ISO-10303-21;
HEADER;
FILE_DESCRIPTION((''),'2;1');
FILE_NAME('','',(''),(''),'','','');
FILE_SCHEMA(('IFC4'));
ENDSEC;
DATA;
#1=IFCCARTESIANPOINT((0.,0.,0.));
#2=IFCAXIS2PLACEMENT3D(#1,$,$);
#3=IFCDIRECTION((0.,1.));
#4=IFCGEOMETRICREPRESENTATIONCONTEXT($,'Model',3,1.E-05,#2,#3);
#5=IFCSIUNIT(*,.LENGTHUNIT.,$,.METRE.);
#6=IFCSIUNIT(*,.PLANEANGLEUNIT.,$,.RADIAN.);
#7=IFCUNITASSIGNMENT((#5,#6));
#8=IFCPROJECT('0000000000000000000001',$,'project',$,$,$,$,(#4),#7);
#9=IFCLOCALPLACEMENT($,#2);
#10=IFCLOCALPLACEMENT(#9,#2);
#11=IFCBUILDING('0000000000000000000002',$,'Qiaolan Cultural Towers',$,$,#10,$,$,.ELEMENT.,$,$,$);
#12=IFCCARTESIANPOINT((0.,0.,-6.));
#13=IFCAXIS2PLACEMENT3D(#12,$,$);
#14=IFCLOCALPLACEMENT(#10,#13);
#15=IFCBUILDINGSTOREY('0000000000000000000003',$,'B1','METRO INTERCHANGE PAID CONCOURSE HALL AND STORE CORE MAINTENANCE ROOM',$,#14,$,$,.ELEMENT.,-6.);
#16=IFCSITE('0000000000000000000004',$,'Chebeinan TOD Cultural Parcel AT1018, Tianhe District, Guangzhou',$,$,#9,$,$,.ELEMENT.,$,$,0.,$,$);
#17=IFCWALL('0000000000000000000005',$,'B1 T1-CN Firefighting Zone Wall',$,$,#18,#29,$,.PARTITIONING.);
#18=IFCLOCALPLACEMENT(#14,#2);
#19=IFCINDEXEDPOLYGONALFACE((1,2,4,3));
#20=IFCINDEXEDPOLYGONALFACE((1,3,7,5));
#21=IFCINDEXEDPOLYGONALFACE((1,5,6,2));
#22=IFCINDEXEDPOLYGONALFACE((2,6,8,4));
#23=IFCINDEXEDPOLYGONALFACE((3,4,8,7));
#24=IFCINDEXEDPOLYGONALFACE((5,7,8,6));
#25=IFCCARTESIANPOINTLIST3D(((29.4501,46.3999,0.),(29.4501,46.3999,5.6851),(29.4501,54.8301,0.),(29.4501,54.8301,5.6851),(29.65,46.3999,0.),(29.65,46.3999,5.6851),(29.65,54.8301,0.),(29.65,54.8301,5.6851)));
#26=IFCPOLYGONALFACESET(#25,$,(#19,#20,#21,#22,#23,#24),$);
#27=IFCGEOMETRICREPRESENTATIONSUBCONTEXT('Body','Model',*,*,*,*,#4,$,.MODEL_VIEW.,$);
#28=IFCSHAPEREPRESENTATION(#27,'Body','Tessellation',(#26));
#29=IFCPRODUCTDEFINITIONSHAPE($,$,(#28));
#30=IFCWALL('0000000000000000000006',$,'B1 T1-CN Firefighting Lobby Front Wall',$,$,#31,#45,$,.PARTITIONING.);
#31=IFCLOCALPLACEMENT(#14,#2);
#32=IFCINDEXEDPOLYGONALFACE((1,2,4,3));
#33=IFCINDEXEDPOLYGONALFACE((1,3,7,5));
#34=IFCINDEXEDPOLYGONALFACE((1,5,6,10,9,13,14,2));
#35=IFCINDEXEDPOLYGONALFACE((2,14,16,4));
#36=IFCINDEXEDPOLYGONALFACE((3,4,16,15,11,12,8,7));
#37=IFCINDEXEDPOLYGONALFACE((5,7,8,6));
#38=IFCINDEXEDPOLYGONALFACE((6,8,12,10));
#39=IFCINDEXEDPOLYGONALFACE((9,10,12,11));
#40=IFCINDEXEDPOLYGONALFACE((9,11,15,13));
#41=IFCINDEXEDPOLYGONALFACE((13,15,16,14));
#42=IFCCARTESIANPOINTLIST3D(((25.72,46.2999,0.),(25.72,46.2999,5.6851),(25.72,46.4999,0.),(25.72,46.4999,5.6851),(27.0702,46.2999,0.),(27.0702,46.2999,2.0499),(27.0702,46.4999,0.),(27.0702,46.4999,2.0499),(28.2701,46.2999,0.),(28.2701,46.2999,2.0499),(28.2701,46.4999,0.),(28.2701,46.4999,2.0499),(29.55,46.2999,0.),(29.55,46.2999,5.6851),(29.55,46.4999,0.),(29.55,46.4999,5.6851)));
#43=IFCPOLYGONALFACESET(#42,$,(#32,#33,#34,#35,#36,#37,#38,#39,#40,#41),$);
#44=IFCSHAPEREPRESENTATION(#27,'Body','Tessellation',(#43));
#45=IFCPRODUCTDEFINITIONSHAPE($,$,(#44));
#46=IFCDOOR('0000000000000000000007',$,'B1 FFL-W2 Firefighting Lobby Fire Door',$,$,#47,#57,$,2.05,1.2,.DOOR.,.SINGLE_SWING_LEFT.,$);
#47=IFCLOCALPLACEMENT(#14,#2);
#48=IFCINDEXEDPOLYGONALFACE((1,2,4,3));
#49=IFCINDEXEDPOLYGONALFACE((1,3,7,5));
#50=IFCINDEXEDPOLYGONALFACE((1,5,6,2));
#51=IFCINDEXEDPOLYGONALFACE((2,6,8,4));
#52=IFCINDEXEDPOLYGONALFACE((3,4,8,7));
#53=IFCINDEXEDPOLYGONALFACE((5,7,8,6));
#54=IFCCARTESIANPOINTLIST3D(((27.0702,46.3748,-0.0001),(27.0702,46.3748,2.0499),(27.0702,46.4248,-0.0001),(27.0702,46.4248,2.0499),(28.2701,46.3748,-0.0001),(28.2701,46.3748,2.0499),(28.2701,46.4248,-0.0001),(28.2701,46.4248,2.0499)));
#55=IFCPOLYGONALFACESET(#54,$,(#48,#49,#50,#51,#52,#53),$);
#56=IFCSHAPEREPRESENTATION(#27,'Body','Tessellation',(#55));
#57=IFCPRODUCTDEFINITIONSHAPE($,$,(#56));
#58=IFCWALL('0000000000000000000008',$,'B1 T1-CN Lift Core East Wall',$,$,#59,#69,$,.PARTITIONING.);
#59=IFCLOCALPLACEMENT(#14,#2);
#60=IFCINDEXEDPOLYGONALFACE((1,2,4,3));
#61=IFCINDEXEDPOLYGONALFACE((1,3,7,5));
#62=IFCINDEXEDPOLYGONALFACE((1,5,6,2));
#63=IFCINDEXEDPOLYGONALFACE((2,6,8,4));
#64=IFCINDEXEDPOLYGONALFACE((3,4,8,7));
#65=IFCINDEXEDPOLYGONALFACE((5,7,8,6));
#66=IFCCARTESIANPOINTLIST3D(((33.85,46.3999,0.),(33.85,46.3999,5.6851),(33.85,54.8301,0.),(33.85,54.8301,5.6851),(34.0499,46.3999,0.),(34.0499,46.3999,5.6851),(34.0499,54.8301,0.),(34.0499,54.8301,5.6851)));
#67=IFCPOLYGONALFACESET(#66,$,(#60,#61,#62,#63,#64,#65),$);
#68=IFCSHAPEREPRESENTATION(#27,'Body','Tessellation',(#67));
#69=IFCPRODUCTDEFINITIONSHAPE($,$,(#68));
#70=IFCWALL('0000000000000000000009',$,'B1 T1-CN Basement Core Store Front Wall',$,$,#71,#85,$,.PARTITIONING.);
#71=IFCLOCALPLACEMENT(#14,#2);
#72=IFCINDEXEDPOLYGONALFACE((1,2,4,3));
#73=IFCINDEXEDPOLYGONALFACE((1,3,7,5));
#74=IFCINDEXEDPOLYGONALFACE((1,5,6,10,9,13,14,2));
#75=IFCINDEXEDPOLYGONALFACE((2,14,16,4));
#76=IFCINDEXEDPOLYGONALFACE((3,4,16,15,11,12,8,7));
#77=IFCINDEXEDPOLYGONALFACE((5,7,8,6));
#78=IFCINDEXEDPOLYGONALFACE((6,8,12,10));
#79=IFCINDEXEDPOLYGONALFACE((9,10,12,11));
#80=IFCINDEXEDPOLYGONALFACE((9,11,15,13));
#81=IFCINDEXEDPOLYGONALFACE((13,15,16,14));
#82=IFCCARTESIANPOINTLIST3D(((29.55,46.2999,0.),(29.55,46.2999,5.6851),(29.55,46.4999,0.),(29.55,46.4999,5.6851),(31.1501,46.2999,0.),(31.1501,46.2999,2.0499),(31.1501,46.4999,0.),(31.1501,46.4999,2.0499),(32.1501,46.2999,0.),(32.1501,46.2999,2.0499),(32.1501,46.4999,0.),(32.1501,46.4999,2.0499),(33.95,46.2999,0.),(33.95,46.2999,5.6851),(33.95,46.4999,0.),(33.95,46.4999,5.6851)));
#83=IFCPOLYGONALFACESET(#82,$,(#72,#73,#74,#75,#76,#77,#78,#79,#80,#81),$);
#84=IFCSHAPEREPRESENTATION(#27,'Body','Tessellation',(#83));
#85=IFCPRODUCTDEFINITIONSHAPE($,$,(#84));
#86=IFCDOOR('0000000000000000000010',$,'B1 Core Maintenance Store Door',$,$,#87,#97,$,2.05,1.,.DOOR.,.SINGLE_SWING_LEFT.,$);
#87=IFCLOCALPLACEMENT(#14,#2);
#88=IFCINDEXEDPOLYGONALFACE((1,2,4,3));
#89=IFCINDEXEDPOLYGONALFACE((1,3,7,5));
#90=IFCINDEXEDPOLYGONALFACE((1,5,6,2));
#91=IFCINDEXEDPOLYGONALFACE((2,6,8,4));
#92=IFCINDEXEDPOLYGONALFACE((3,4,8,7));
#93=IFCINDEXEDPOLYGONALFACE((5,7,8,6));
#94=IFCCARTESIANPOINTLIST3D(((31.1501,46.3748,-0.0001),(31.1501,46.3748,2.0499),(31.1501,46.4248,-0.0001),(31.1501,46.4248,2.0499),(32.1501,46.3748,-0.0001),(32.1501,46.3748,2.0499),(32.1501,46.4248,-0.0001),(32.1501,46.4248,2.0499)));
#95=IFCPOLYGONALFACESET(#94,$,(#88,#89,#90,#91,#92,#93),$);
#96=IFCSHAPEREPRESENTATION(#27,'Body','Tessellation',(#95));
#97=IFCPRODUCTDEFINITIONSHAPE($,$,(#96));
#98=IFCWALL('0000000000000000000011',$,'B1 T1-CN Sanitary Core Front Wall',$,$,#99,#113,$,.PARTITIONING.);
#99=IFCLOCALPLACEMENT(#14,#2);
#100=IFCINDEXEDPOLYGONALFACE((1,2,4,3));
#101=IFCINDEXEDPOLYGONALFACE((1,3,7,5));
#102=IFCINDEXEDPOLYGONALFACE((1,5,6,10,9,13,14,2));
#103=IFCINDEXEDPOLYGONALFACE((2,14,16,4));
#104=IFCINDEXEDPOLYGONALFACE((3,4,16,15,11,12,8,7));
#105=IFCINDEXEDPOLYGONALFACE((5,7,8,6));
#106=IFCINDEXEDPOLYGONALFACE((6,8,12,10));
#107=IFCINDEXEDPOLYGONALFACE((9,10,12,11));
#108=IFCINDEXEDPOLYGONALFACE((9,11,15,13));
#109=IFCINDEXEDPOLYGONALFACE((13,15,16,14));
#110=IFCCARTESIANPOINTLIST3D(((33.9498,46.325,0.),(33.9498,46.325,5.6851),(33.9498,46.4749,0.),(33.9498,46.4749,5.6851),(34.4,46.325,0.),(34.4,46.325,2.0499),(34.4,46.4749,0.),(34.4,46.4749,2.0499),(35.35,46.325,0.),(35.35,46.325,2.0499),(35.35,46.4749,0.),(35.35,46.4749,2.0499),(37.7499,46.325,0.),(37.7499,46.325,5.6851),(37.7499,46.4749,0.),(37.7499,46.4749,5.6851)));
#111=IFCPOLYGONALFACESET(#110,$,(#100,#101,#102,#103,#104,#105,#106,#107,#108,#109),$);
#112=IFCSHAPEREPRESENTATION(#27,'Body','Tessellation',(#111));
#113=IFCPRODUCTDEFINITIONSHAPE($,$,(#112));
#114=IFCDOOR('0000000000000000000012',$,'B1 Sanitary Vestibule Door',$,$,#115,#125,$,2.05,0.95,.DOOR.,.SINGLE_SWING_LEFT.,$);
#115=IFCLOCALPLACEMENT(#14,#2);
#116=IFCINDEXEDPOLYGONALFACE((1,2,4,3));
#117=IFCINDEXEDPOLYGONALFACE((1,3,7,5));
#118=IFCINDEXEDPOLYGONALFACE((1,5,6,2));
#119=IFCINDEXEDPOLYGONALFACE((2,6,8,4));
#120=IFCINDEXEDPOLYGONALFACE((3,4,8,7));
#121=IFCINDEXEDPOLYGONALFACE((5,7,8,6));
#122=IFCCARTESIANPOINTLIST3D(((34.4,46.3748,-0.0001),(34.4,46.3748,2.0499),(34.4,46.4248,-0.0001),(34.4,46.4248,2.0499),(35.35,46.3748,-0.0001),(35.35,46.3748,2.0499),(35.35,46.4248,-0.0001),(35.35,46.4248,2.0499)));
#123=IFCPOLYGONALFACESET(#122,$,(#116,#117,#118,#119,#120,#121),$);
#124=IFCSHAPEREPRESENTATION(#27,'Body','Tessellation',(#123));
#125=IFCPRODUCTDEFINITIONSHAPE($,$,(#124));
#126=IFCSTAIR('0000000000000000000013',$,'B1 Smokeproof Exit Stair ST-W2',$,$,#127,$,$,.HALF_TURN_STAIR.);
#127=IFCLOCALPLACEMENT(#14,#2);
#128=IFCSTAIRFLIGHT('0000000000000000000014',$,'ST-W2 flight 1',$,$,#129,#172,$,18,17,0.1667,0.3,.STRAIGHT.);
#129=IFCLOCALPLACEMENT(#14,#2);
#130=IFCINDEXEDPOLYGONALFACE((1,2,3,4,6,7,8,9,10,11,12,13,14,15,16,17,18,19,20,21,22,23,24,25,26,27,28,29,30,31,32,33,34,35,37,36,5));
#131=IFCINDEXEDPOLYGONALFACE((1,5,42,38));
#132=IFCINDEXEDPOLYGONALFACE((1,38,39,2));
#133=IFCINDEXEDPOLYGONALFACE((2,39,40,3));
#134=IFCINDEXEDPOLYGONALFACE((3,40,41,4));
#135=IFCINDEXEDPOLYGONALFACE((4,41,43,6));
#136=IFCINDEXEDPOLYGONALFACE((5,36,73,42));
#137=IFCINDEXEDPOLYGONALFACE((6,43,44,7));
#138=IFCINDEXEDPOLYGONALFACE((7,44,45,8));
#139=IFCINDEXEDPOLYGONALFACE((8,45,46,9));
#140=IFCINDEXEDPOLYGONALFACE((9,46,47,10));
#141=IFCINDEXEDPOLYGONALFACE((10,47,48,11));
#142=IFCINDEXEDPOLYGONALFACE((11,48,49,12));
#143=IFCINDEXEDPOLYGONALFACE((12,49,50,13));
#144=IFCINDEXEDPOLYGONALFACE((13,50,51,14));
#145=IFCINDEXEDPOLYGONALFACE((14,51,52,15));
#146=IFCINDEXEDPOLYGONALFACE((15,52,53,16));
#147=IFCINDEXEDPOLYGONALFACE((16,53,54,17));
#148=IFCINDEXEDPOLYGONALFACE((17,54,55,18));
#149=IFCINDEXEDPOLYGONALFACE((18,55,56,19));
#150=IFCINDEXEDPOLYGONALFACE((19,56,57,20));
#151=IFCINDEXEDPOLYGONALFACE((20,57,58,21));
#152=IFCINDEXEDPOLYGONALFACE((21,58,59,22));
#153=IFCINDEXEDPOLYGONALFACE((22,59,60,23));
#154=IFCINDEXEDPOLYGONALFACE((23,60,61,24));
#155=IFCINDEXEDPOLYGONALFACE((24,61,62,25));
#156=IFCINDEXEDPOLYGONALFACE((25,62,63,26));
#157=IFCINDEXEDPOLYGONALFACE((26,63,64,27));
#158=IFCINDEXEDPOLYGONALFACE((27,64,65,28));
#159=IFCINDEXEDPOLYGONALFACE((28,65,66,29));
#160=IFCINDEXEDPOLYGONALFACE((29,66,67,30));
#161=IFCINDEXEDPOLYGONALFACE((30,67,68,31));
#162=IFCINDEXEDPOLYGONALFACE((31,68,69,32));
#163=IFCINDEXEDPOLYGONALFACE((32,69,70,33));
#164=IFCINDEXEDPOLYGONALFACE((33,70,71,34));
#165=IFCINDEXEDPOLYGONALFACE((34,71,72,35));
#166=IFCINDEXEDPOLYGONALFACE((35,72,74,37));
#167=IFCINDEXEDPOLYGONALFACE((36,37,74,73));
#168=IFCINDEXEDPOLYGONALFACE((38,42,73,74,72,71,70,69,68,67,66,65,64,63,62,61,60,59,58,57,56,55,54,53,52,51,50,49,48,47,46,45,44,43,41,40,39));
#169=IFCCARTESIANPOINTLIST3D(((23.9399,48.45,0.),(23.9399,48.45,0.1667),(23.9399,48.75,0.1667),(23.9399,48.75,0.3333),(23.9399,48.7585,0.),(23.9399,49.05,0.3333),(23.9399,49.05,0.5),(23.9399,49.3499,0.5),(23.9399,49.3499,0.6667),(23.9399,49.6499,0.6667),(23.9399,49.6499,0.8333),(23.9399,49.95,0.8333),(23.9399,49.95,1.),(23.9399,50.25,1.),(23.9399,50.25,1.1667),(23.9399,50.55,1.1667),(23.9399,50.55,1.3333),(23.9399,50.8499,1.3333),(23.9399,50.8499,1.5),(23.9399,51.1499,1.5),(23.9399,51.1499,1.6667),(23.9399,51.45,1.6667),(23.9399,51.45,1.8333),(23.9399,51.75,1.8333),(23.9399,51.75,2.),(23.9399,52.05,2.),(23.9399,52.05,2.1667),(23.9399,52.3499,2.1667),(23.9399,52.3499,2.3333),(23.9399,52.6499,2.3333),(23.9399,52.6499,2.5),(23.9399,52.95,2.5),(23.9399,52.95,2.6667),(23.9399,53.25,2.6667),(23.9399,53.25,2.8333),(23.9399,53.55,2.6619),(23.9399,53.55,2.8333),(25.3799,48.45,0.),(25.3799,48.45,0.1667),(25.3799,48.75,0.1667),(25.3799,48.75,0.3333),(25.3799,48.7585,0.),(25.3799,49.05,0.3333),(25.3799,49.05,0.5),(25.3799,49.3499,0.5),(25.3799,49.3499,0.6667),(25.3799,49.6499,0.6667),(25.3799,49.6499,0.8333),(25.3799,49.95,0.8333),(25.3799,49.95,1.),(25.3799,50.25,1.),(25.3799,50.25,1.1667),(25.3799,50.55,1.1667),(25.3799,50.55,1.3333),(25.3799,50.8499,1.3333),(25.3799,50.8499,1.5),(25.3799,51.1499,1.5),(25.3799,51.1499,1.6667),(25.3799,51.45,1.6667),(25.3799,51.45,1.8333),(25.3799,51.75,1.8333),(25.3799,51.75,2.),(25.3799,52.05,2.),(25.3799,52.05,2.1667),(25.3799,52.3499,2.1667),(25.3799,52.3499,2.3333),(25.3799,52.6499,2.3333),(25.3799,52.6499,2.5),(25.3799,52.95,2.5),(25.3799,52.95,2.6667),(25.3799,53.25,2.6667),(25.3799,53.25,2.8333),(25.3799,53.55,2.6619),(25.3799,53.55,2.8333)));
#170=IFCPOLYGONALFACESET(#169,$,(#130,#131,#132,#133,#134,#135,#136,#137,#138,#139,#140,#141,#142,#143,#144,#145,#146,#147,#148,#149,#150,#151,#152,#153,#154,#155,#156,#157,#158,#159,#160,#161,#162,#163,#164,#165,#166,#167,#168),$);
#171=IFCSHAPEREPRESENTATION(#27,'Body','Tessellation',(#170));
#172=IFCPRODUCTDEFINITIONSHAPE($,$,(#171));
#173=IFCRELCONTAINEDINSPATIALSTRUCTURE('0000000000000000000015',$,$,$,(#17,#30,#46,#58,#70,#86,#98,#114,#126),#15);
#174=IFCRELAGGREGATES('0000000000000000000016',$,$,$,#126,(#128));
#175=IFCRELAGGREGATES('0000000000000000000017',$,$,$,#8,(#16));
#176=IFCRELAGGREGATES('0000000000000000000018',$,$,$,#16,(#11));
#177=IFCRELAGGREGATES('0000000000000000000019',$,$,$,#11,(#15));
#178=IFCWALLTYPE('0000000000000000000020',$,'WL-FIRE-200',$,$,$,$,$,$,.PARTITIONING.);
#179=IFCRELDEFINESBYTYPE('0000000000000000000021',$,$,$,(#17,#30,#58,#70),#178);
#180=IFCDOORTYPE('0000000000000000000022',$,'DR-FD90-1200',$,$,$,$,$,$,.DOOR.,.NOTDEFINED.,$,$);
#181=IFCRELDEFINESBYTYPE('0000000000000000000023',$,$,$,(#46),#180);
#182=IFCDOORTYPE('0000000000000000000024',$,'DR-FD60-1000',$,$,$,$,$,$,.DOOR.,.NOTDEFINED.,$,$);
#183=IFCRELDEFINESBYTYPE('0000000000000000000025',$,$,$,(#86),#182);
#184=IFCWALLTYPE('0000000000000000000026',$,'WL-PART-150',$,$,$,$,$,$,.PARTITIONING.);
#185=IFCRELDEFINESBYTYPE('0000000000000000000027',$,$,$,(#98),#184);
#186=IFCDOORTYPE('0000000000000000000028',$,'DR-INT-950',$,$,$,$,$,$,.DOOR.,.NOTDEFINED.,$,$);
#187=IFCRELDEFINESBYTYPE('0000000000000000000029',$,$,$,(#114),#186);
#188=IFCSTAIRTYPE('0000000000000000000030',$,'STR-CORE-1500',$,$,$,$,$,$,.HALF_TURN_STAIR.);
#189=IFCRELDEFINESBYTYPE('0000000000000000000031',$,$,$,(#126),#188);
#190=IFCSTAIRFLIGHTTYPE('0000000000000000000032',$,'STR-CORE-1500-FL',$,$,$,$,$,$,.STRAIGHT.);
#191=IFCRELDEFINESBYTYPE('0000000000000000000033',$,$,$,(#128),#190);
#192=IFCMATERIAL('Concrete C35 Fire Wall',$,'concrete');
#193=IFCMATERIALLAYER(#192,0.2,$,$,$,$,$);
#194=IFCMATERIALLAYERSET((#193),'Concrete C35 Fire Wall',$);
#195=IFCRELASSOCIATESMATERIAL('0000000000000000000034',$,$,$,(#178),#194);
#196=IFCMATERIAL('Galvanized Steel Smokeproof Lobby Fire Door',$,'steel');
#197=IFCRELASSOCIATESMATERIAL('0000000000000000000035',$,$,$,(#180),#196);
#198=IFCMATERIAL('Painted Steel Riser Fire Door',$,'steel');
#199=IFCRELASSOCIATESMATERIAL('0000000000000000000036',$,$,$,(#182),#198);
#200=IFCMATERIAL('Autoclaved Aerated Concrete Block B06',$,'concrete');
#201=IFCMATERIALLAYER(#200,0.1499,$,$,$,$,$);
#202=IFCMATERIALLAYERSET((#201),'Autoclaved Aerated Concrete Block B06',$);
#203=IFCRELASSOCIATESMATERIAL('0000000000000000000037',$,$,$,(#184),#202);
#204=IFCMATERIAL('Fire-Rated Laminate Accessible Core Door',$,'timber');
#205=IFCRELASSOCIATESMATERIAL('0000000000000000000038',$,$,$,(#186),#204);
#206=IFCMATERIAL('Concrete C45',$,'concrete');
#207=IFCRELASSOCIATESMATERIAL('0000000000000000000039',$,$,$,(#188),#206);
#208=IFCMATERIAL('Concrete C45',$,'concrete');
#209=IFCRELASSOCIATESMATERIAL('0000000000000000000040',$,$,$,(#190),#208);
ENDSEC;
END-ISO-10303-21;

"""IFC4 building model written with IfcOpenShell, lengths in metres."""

from ifc_helpers import new_model, si_unit, direction, frame, frame_2d, origin, place, context, subcontext, project, spatial, polyline, rectangle, outline, extrude, material, layer, layer_set, type_object, element, fill, aggregate, save


model = new_model("IFC4")

# Units and contexts
model_context = context("Model", 3, precision=1e-05, world=origin(), true_north=direction((0.0, 1.0)))
body_context = subcontext(model_context, "Body", "Model", "MODEL_VIEW")
ifc_project = project(units=[si_unit("LENGTHUNIT", "METRE"), si_unit("PLANEANGLEUNIT", "RADIAN")], contexts=[model_context])

# Site, building, storey
site_placement = place(None, origin())
site = spatial("IfcSite", under=ifc_project, at=site_placement, Name="Chebeinan TOD Cultural Parcel AT1018, Tianhe District, Guangzhou", CompositionType="ELEMENT", RefElevation=0.0)
building_placement = place(site_placement, origin())
building = spatial("IfcBuilding", under=site, at=building_placement, Name="Qiaolan Cultural Towers", CompositionType="ELEMENT")
storey_placement = place(building_placement, frame((0.0, 0.0, -6.0)))
storey = spatial("IfcBuildingStorey", under=building, at=storey_placement, Name="B1", Description="METRO INTERCHANGE PAID CONCOURSE HALL AND STORE CORE MAINTENANCE ROOM", CompositionType="ELEMENT", Elevation=-6.0)

# Shared definitions
ifc_material_1 = material(Name="Concrete C35 Fire Wall", Category="concrete")
ifc_layer_1 = layer(ifc_material_1, 0.2)
ifc_layer_set_1 = layer_set([ifc_layer_1], Name="Concrete C35 Fire Wall")
wall_type_1 = type_object("IfcWallType", Name="WL-FIRE-200", PredefinedType="PARTITIONING", material=ifc_layer_set_1)

# Wall
wall_1_placement = place(storey_placement, frame((29.55, 46.3999, 0.0), z_axis=(0.0, 0.0, 1.0), x_axis=(0.0, 1.0, 0.0)))
element("IfcWall", 1, at=wall_1_placement, inside=storey, type_object=wall_type_1, Name="B1 T1-CN Firefighting Zone Wall", PredefinedType="PARTITIONING", context=body_context, shape_type="SweptSolid", body=[
    extrude(rectangle(XDim=8.4302, YDim=0.2, at=frame_2d((4.2151, 0.0))), origin(), (0.0, 0.0, 1.0), 5.6851),
])

# Wall, opening, door
wall_2_placement = place(storey_placement, frame((25.72, 46.3999, 0.0), z_axis=(0.0, 0.0, 1.0), x_axis=(1.0, 0.0, 0.0)))
wall_2 = element("IfcWall", 2, at=wall_2_placement, inside=storey, type_object=wall_type_1, Name="B1 T1-CN Firefighting Lobby Front Wall", PredefinedType="PARTITIONING", context=body_context, shape_type="SweptSolid", body=[
    extrude(rectangle(XDim=3.8301, YDim=0.2, at=frame_2d((1.915, 0.0))), origin(), (0.0, 0.0, 1.0), 5.6851),
])
opening_1_placement = place(wall_2_placement, frame((1.3501, 0.0, 0.0)))
opening_1 = element("IfcOpeningElement", 3, at=opening_1_placement, cuts=wall_2, PredefinedType="OPENING", context=body_context, shape_type="SweptSolid", body=[
    extrude(rectangle(XDim=1.2, YDim=2.05, at=frame_2d((0.6001, 1.0249))), frame((0.0, 0.1099, 0.0), z_axis=(0.0, -1.0, 0.0), x_axis=(1.0, 0.0, 0.0)), (0.0, 0.0, 1.0), 0.22),
])
ifc_material_2 = material(Name="Galvanized Steel Smokeproof Lobby Fire Door", Category="steel")
door_type_1 = type_object("IfcDoorType", Name="DR-FD90-1200", OperationType="NOTDEFINED", PredefinedType="DOOR", material=ifc_material_2)
door_1_placement = place(opening_1_placement, origin())
door_1 = element("IfcDoor", 4, at=door_1_placement, inside=storey, type_object=door_type_1, Name="B1 FFL-W2 Firefighting Lobby Fire Door", OperationType="SINGLE_SWING_LEFT", OverallHeight=2.05, OverallWidth=1.2, PredefinedType="DOOR", context=body_context, shape_type="SweptSolid", body=[
    extrude(rectangle(XDim=1.2, YDim=2.05, at=frame_2d((0.6001, 1.0249))), frame((0.0, 0.0249, 0.0), z_axis=(0.0, -1.0, 0.0), x_axis=(1.0, 0.0, 0.0)), (0.0, 0.0, 1.0), 0.05),
])
fill(opening_1, door_1)

# Wall
wall_3_placement = place(storey_placement, frame((33.95, 46.3999, 0.0), z_axis=(0.0, 0.0, 1.0), x_axis=(0.0, 1.0, 0.0)))
element("IfcWall", 5, at=wall_3_placement, inside=storey, type_object=wall_type_1, Name="B1 T1-CN Lift Core East Wall", PredefinedType="PARTITIONING", context=body_context, shape_type="SweptSolid", body=[
    extrude(rectangle(XDim=8.4302, YDim=0.2, at=frame_2d((4.2151, 0.0))), origin(), (0.0, 0.0, 1.0), 5.6851),
])

# Walls, openings, doors
wall_4_placement = place(storey_placement, frame((29.55, 46.3999, 0.0), z_axis=(0.0, 0.0, 1.0), x_axis=(1.0, 0.0, 0.0)))
wall_4 = element("IfcWall", 6, at=wall_4_placement, inside=storey, type_object=wall_type_1, Name="B1 T1-CN Basement Core Store Front Wall", PredefinedType="PARTITIONING", context=body_context, shape_type="SweptSolid", body=[
    extrude(rectangle(XDim=4.3999, YDim=0.2, at=frame_2d((2.2, 0.0))), origin(), (0.0, 0.0, 1.0), 5.6851),
])
opening_2_placement = place(wall_4_placement, frame((1.6001, 0.0, 0.0)))
opening_2 = element("IfcOpeningElement", 7, at=opening_2_placement, cuts=wall_4, PredefinedType="OPENING", context=body_context, shape_type="SweptSolid", body=[
    extrude(rectangle(XDim=1.0, YDim=2.05, at=frame_2d((0.5, 1.0249))), frame((0.0, 0.1099, 0.0), z_axis=(0.0, -1.0, 0.0), x_axis=(1.0, 0.0, 0.0)), (0.0, 0.0, 1.0), 0.22),
])
ifc_material_3 = material(Name="Painted Steel Riser Fire Door", Category="steel")
door_type_2 = type_object("IfcDoorType", Name="DR-FD60-1000", OperationType="NOTDEFINED", PredefinedType="DOOR", material=ifc_material_3)
door_2_placement = place(opening_2_placement, origin())
door_2 = element("IfcDoor", 8, at=door_2_placement, inside=storey, type_object=door_type_2, Name="B1 Core Maintenance Store Door", OperationType="SINGLE_SWING_LEFT", OverallHeight=2.05, OverallWidth=1.0, PredefinedType="DOOR", context=body_context, shape_type="SweptSolid", body=[
    extrude(rectangle(XDim=1.0, YDim=2.05, at=frame_2d((0.5, 1.0249))), frame((0.0, 0.0249, 0.0), z_axis=(0.0, -1.0, 0.0), x_axis=(1.0, 0.0, 0.0)), (0.0, 0.0, 1.0), 0.05),
])
fill(opening_2, door_2)
ifc_material_4 = material(Name="Autoclaved Aerated Concrete Block B06", Category="concrete")
ifc_layer_2 = layer(ifc_material_4, 0.1499)
ifc_layer_set_2 = layer_set([ifc_layer_2], Name="Autoclaved Aerated Concrete Block B06")
wall_type_2 = type_object("IfcWallType", Name="WL-PART-150", PredefinedType="PARTITIONING", material=ifc_layer_set_2)
wall_5_placement = place(storey_placement, frame((33.95, 46.3999, 0.0), z_axis=(0.0, 0.0, 1.0), x_axis=(1.0, 0.0, 0.0)))
wall_5 = element("IfcWall", 9, at=wall_5_placement, inside=storey, type_object=wall_type_2, Name="B1 T1-CN Sanitary Core Front Wall", PredefinedType="PARTITIONING", context=body_context, shape_type="SweptSolid", body=[
    extrude(rectangle(XDim=3.8, YDim=0.1499, at=frame_2d((1.8999, 0.0))), origin(), (0.0, 0.0, 1.0), 5.6851),
])
opening_3_placement = place(wall_5_placement, frame((0.45, 0.0, 0.0)))
opening_3 = element("IfcOpeningElement", 10, at=opening_3_placement, cuts=wall_5, PredefinedType="OPENING", context=body_context, shape_type="SweptSolid", body=[
    extrude(rectangle(XDim=0.95, YDim=2.05, at=frame_2d((0.4751, 1.0249))), frame((0.0, 0.085, 0.0), z_axis=(0.0, -1.0, 0.0), x_axis=(1.0, 0.0, 0.0)), (0.0, 0.0, 1.0), 0.1699),
])
ifc_material_5 = material(Name="Fire-Rated Laminate Accessible Core Door", Category="timber")
door_type_3 = type_object("IfcDoorType", Name="DR-INT-950", OperationType="NOTDEFINED", PredefinedType="DOOR", material=ifc_material_5)
door_3_placement = place(opening_3_placement, origin())
door_3 = element("IfcDoor", 11, at=door_3_placement, inside=storey, type_object=door_type_3, Name="B1 Sanitary Vestibule Door", OperationType="SINGLE_SWING_LEFT", OverallHeight=2.05, OverallWidth=0.95, PredefinedType="DOOR", context=body_context, shape_type="SweptSolid", body=[
    extrude(rectangle(XDim=0.95, YDim=2.05, at=frame_2d((0.4751, 1.0249))), frame((0.0, 0.0249, 0.0), z_axis=(0.0, -1.0, 0.0), x_axis=(1.0, 0.0, 0.0)), (0.0, 0.0, 1.0), 0.05),
])
fill(opening_3, door_3)

# Stair, stair flight
ifc_material_6 = material(Name="Concrete C45", Category="concrete")
stair_type = type_object("IfcStairType", Name="STR-CORE-1500", PredefinedType="HALF_TURN_STAIR", material=ifc_material_6)
stair_placement = place(storey_placement, origin())
stair = element("IfcStair", 12, at=stair_placement, inside=storey, type_object=stair_type, Name="B1 Smokeproof Exit Stair ST-W2", PredefinedType="HALF_TURN_STAIR")
ifc_material_7 = material(Name="Concrete C45", Category="concrete")
stair_flight_type = type_object("IfcStairFlightType", Name="STR-CORE-1500-FL", PredefinedType="STRAIGHT", material=ifc_material_7)
stair_flight_placement = place(storey_placement, frame((24.6599, 48.45, 0.0), z_axis=(0.0, 0.0, 1.0), x_axis=(0.0, 1.0, 0.0)))
stair_flight = element("IfcStairFlight", 13, at=stair_flight_placement, type_object=stair_flight_type, Name="ST-W2 flight 1", NumberOfRisers=18, NumberOfTreads=17, PredefinedType="STRAIGHT", RiserHeight=0.1667, TreadLength=0.3, context=body_context, shape_type="SweptSolid", body=[
    extrude(outline(polyline([(0.0, 0.0), (0.0, 0.1667), (0.3, 0.1667), (0.3, 0.3333), (0.6001, 0.3333), (0.6001, 0.5), (0.8999, 0.5), (0.8999, 0.6667), (1.2, 0.6667), (1.2, 0.8333), (1.5, 0.8333), (1.5, 1.0), (1.8, 1.0), (1.8, 1.1667), (2.1001, 1.1667), (2.1001, 1.3333), (2.3999, 1.3333), (2.3999, 1.5), (2.7, 1.5), (2.7, 1.6667), (3.0, 1.6667), (3.0, 1.8333), (3.3, 1.8333), (3.3, 2.0), (3.6001, 2.0), (3.6001, 2.1667), (3.8999, 2.1667), (3.8999, 2.3333), (4.2, 2.3333), (4.2, 2.5), (4.5, 2.5), (4.5, 2.6667), (4.8, 2.6667), (4.8, 2.8333), (5.1001, 2.8333), (5.1001, 3.0), (5.1001, 2.6619), (0.3086, 0.0), (0.0, 0.0)])), frame((0.0, 0.72, 0.0), z_axis=(0.0, -1.0, 0.0), x_axis=(1.0, 0.0, 0.0)), (0.0, 0.0, 1.0), 1.4399),
])
aggregate(stair, [stair_flight])

save(model, "model.ifc")
